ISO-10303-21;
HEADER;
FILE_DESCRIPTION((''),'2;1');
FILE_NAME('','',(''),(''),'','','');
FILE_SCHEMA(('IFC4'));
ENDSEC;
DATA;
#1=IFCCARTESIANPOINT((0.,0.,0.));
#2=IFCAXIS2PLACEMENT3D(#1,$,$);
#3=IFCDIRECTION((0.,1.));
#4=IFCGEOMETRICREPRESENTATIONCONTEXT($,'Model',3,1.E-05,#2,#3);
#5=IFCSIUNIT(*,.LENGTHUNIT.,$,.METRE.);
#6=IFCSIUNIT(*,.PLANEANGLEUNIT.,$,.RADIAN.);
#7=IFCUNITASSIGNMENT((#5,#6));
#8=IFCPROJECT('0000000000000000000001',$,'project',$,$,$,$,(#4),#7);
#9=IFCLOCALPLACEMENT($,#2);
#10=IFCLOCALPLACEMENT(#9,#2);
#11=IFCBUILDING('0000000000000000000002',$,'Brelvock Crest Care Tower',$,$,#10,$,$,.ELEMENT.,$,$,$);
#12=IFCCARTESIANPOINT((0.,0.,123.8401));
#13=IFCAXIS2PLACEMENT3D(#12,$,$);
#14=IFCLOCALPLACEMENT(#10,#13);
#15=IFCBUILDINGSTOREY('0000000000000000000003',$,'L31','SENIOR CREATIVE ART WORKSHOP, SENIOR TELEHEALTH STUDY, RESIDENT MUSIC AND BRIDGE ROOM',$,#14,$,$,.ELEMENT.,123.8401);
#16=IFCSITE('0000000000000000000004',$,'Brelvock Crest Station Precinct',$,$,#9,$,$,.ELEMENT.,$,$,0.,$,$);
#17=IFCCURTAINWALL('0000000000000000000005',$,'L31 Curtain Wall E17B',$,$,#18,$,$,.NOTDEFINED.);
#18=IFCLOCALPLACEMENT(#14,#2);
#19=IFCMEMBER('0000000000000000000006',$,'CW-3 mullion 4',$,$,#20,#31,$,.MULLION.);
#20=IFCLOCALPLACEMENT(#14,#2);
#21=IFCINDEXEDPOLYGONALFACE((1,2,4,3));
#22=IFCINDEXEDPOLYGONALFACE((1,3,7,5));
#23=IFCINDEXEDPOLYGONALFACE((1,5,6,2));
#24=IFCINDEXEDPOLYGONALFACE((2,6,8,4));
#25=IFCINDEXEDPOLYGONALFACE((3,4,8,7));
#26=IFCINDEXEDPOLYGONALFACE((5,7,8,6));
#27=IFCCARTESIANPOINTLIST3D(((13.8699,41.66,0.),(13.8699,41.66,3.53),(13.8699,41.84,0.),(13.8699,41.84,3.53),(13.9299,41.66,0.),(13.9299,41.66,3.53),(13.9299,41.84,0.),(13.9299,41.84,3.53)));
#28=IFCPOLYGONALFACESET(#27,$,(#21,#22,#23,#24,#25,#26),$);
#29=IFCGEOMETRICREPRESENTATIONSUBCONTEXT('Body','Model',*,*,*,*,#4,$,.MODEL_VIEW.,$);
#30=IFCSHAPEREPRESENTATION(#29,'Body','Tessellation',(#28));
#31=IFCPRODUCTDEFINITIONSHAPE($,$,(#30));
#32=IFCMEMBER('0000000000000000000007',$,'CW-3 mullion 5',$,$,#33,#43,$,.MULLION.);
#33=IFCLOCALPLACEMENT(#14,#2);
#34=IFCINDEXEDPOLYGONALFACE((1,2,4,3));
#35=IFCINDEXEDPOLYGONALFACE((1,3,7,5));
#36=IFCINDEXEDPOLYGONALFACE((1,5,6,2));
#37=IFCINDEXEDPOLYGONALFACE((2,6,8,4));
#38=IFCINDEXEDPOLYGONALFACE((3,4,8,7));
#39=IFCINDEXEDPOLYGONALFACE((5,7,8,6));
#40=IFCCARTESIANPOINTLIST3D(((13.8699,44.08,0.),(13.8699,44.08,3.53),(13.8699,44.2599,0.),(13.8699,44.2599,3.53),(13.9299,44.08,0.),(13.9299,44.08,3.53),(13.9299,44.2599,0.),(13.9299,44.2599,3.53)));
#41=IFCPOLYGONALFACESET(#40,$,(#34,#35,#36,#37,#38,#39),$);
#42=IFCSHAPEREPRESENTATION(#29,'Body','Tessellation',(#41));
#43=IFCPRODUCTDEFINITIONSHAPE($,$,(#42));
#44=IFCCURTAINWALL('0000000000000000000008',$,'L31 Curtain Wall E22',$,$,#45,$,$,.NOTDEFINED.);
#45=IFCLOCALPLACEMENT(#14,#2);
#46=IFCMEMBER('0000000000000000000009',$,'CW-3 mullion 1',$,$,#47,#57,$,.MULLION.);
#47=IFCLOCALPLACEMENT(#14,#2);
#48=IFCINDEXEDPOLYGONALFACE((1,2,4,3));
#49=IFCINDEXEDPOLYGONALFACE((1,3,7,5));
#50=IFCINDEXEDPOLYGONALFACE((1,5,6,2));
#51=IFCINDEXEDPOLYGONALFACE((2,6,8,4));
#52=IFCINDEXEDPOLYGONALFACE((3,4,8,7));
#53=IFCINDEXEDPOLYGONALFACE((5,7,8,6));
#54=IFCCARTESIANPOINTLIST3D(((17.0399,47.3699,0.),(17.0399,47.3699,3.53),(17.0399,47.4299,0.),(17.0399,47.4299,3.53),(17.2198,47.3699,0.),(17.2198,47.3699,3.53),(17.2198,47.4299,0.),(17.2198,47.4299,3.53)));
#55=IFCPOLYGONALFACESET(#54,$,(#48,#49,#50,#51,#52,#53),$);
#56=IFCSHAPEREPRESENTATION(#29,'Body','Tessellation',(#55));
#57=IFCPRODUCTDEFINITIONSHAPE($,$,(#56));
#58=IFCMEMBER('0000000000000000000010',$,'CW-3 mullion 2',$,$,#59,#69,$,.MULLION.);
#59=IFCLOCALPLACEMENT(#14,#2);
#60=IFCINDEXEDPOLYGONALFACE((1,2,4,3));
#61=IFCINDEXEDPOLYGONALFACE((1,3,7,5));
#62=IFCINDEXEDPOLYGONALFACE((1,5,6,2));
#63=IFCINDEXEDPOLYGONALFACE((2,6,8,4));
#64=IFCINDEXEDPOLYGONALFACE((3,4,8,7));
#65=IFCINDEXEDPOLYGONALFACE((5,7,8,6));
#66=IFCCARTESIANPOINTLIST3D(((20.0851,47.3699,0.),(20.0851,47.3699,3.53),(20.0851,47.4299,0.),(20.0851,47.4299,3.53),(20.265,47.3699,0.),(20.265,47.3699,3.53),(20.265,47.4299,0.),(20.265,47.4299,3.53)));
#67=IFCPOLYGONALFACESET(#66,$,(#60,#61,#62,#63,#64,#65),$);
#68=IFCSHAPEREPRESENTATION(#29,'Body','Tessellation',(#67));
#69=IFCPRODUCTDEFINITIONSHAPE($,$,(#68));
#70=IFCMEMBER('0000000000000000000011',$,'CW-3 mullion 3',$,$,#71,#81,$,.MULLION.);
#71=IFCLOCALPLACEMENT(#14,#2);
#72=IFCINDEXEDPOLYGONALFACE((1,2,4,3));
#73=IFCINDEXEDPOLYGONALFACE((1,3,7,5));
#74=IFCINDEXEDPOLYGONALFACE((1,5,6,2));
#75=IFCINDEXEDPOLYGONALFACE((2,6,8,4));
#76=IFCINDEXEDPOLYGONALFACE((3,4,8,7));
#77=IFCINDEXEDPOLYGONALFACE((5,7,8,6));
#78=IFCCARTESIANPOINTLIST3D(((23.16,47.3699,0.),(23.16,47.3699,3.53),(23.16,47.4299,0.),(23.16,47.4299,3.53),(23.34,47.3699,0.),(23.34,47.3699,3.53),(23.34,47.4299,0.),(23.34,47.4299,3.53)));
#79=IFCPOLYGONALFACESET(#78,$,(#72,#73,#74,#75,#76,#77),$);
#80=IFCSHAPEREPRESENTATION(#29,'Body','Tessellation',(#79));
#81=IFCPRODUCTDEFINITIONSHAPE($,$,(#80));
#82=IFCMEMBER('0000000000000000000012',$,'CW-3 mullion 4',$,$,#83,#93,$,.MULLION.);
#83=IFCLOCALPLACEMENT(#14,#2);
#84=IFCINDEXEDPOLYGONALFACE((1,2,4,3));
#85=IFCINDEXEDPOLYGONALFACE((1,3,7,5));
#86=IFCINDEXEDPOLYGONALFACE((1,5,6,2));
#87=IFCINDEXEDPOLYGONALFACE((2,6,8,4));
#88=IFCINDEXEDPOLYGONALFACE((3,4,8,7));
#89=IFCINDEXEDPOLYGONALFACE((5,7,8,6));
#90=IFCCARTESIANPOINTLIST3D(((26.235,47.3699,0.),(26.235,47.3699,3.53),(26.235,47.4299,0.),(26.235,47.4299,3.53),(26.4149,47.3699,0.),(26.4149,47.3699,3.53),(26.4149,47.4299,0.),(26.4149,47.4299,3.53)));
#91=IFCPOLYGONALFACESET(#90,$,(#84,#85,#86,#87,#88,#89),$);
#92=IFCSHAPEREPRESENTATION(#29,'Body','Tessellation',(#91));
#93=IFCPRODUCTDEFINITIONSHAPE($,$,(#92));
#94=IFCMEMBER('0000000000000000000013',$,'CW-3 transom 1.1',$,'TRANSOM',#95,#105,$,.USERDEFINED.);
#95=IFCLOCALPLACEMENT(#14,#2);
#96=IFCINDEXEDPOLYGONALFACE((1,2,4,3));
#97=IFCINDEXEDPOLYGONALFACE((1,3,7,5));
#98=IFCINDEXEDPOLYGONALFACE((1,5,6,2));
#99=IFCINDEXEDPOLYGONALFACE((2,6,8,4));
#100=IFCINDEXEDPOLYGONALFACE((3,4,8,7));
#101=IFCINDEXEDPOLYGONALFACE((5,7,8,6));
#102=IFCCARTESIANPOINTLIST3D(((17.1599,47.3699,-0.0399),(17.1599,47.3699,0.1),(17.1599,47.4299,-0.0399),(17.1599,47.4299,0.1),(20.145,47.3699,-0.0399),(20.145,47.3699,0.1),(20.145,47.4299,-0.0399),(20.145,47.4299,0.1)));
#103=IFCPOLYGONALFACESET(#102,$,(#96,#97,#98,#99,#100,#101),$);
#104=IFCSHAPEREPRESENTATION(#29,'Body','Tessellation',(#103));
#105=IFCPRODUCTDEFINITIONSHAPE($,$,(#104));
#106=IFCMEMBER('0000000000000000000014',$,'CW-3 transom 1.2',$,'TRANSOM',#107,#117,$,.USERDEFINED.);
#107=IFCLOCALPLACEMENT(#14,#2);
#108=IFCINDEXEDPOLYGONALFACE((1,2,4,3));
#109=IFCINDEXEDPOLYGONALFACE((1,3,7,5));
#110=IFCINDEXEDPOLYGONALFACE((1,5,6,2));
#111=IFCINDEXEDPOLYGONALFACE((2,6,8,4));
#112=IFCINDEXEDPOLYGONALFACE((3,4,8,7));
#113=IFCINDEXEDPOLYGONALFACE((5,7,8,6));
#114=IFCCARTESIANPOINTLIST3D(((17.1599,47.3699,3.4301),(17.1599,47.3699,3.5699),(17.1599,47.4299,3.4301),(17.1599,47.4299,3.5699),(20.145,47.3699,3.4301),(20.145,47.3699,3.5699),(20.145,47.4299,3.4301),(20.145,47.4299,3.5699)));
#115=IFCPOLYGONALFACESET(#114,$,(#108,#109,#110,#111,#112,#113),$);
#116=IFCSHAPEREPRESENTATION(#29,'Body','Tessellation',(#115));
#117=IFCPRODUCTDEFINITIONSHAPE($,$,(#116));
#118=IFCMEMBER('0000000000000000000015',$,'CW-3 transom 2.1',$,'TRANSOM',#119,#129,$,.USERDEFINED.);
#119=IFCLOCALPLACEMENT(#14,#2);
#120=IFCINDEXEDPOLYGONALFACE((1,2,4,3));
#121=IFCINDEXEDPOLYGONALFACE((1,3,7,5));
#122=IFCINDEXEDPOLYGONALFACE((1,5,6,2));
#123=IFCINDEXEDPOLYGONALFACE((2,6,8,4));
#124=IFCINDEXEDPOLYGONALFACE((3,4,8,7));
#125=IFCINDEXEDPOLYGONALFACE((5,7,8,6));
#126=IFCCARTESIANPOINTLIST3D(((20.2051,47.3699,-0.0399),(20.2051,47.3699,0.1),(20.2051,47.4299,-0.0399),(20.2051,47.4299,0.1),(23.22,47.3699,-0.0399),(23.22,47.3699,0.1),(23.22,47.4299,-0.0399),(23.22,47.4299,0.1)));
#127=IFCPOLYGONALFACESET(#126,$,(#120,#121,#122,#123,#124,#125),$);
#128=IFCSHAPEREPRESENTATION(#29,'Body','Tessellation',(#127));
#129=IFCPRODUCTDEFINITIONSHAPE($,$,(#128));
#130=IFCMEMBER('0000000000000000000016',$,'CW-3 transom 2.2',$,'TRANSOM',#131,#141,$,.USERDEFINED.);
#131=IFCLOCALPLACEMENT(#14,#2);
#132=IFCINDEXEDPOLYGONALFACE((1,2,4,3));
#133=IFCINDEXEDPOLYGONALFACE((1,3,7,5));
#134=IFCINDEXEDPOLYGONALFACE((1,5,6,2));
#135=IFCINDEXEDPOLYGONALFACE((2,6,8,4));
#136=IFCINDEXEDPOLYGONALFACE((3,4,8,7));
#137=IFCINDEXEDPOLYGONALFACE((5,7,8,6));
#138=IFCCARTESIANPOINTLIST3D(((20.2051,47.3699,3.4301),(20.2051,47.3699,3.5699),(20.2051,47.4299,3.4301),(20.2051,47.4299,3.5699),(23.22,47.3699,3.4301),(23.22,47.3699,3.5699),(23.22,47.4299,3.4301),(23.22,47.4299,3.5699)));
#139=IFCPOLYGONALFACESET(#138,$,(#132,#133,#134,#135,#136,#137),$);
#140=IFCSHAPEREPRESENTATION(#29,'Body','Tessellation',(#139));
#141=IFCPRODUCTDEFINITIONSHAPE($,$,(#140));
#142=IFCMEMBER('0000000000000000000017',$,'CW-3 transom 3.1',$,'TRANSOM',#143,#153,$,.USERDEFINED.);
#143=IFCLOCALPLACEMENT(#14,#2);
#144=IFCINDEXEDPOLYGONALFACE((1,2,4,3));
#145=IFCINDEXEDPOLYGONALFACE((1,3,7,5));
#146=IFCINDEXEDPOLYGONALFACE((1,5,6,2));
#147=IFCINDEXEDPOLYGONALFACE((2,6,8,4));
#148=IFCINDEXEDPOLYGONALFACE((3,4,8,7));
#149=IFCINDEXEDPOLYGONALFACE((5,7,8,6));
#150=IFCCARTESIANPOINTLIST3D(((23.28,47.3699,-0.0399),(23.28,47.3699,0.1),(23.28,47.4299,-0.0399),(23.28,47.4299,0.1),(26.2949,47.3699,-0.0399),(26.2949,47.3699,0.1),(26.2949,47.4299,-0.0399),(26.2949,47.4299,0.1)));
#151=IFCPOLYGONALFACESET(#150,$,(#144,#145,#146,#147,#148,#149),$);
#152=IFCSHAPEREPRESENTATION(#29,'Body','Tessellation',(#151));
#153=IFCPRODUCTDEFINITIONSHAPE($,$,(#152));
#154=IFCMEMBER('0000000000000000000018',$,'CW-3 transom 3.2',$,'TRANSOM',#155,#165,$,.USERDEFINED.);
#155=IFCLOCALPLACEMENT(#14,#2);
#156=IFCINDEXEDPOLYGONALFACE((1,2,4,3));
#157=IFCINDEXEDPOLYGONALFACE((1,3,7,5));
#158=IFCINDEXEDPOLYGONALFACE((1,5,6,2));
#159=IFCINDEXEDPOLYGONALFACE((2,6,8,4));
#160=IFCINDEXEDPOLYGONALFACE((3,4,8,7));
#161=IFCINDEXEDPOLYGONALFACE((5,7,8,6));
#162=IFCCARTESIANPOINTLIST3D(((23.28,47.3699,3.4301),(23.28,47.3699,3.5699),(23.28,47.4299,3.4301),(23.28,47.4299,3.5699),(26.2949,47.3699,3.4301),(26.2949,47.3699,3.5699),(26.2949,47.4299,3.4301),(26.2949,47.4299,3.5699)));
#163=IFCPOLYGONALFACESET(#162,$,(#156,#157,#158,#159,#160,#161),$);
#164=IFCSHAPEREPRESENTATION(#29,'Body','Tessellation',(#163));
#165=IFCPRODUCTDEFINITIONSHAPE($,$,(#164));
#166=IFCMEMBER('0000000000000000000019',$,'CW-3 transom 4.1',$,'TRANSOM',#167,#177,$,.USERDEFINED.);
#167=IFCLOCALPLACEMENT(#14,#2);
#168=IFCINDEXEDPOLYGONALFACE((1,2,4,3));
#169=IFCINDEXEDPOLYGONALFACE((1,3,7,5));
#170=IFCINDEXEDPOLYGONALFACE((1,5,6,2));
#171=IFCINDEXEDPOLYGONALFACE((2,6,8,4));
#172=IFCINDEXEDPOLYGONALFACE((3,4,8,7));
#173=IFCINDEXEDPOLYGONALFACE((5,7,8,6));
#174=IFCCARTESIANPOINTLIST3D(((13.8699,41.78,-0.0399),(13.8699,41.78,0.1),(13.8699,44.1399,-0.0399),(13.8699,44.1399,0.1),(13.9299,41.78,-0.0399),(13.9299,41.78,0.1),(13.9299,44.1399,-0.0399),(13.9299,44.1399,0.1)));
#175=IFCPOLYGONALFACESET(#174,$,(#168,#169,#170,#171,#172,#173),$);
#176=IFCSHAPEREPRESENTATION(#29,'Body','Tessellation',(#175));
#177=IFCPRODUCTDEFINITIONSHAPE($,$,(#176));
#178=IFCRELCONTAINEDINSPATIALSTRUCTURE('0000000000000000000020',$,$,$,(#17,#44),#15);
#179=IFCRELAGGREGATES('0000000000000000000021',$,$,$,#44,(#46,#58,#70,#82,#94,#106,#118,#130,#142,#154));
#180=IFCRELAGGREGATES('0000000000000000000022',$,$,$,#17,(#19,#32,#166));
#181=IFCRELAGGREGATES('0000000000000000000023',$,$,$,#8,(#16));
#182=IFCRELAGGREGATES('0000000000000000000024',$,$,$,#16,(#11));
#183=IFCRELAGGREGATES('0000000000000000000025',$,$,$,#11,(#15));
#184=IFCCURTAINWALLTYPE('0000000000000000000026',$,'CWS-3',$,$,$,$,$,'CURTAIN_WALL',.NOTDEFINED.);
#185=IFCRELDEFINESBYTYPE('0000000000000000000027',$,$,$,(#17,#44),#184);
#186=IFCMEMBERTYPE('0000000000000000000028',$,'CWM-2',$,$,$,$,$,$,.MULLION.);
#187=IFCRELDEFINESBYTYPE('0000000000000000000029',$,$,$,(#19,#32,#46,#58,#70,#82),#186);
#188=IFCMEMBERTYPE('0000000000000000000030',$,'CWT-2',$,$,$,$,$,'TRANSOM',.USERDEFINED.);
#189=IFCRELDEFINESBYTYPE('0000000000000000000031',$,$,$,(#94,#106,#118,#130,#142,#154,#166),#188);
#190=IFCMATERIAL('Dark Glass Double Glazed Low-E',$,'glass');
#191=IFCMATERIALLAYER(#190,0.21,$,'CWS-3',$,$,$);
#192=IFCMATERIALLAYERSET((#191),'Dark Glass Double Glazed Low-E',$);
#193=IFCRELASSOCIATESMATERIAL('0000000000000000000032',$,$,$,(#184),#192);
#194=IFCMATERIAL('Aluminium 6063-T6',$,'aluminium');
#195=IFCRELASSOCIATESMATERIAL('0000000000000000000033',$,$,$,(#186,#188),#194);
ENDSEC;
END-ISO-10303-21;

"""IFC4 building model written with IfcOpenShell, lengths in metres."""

from ifc_helpers import new_model, si_unit, direction, frame, origin, origin_2d, place, context, subcontext, project, spatial, rectangle, extrude, source, transform, mapped, material, layer, layer_set, material_profile, profile_set, type_object, element, aggregate, save


model = new_model("IFC4")

# Units and contexts
model_context = context("Model", 3, precision=1e-05, world=origin(), true_north=direction((0.0, 1.0)))
body_context = subcontext(model_context, "Body", "Model", "MODEL_VIEW")
ifc_project = project(units=[si_unit("LENGTHUNIT", "METRE"), si_unit("PLANEANGLEUNIT", "RADIAN")], contexts=[model_context])

# Site, building, storey
site_placement = place(None, origin())
site = spatial("IfcSite", under=ifc_project, at=site_placement, Name="Brelvock Crest Station Precinct", CompositionType="ELEMENT", RefElevation=0.0)
building_placement = place(site_placement, origin())
building = spatial("IfcBuilding", under=site, at=building_placement, Name="Brelvock Crest Care Tower", CompositionType="ELEMENT")
storey_placement = place(building_placement, frame((0.0, 0.0, 123.8401)))
storey = spatial("IfcBuildingStorey", under=building, at=storey_placement, Name="L31", Description="SENIOR CREATIVE ART WORKSHOP, SENIOR TELEHEALTH STUDY, RESIDENT MUSIC AND BRIDGE ROOM", CompositionType="ELEMENT", Elevation=123.8401)

# Curtain walls, members
ifc_material_1 = material(Name="Dark Glass Double Glazed Low-E", Category="glass")
ifc_layer_1 = layer(ifc_material_1, 0.21, Name="CWS-3")
ifc_layer_set_1 = layer_set([ifc_layer_1], Name="Dark Glass Double Glazed Low-E")
curtain_wall_type = type_object("IfcCurtainWallType", Name="CWS-3", ElementType="CURTAIN_WALL", PredefinedType="NOTDEFINED", material=ifc_layer_set_1)
curtain_wall_1_placement = place(storey_placement, origin())
curtain_wall_1 = element("IfcCurtainWall", 1, at=curtain_wall_1_placement, inside=storey, type_object=curtain_wall_type, Name="L31 Curtain Wall E17B", PredefinedType="NOTDEFINED")
ifc_material_2 = material(Name="Aluminium 6063-T6", Category="aluminium")
ifc_material_profile_1 = material_profile(ifc_material_2, rectangle(XDim=0.0601, YDim=0.1799, at=origin_2d()), Name="ALU60x180")
ifc_profile_set_1 = profile_set([ifc_material_profile_1], Name="Aluminium 6063-T6")
member_type_1 = type_object("IfcMemberType", Name="CWM-2", PredefinedType="MULLION", material=ifc_profile_set_1)
shared_shape_1 = source(origin(), body_context, "Body", "SweptSolid", [
    extrude(rectangle(XDim=0.0601, YDim=0.1799, at=origin_2d()), origin(), (0.0, 0.0, 1.0), 3.53),
])
member_1_placement = place(storey_placement, frame((13.8999, 41.75, 0.0), z_axis=(0.0, 0.0, 1.0), x_axis=(-1.0, 0.0, 0.0)))
member_1 = element("IfcMember", 2, at=member_1_placement, type_object=member_type_1, Name="CW-3 mullion 4", PredefinedType="MULLION", context=body_context, shape_type="MappedRepresentation", body=[
    mapped(shared_shape_1, transform((0.0, 0.0, 0.0), x_axis=(1.0, 0.0, 0.0), y_axis=(0.0, 1.0, 0.0), z_axis=(0.0, 0.0, 1.0), scale=1.0)),
])
member_2_placement = place(storey_placement, frame((13.8999, 44.1699, 0.0), z_axis=(0.0, 0.0, 1.0), x_axis=(-1.0, 0.0, 0.0)))
member_2 = element("IfcMember", 3, at=member_2_placement, type_object=member_type_1, Name="CW-3 mullion 5", PredefinedType="MULLION", context=body_context, shape_type="MappedRepresentation", body=[
    mapped(shared_shape_1, transform((0.0, 0.0, 0.0), x_axis=(1.0, 0.0, 0.0), y_axis=(0.0, 1.0, 0.0), z_axis=(0.0, 0.0, 1.0), scale=1.0)),
])
curtain_wall_2_placement = place(storey_placement, origin())
curtain_wall_2 = element("IfcCurtainWall", 4, at=curtain_wall_2_placement, inside=storey, type_object=curtain_wall_type, Name="L31 Curtain Wall E22", PredefinedType="NOTDEFINED")
member_3_placement = place(storey_placement, frame((17.1299, 47.3999, 0.0), z_axis=(0.0, 0.0, 1.0), x_axis=(0.0, 1.0, 0.0)))
member_3 = element("IfcMember", 5, at=member_3_placement, type_object=member_type_1, Name="CW-3 mullion 1", PredefinedType="MULLION", context=body_context, shape_type="MappedRepresentation", body=[
    mapped(shared_shape_1, transform((0.0, 0.0, 0.0), x_axis=(1.0, 0.0, 0.0), y_axis=(0.0, 1.0, 0.0), z_axis=(0.0, 0.0, 1.0), scale=1.0)),
])
member_4_placement = place(storey_placement, frame((20.175, 47.3999, 0.0), z_axis=(0.0, 0.0, 1.0), x_axis=(0.0, 1.0, 0.0)))
member_4 = element("IfcMember", 6, at=member_4_placement, type_object=member_type_1, Name="CW-3 mullion 2", PredefinedType="MULLION", context=body_context, shape_type="MappedRepresentation", body=[
    mapped(shared_shape_1, transform((0.0, 0.0, 0.0), x_axis=(1.0, 0.0, 0.0), y_axis=(0.0, 1.0, 0.0), z_axis=(0.0, 0.0, 1.0), scale=1.0)),
])
member_5_placement = place(storey_placement, frame((23.25, 47.3999, 0.0), z_axis=(0.0, 0.0, 1.0), x_axis=(0.0, 1.0, 0.0)))
member_5 = element("IfcMember", 7, at=member_5_placement, type_object=member_type_1, Name="CW-3 mullion 3", PredefinedType="MULLION", context=body_context, shape_type="MappedRepresentation", body=[
    mapped(shared_shape_1, transform((0.0, 0.0, 0.0), x_axis=(1.0, 0.0, 0.0), y_axis=(0.0, 1.0, 0.0), z_axis=(0.0, 0.0, 1.0), scale=1.0)),
])
member_6_placement = place(storey_placement, frame((26.325, 47.3999, 0.0), z_axis=(0.0, 0.0, 1.0), x_axis=(0.0, 1.0, 0.0)))
member_6 = element("IfcMember", 8, at=member_6_placement, type_object=member_type_1, Name="CW-3 mullion 4", PredefinedType="MULLION", context=body_context, shape_type="MappedRepresentation", body=[
    mapped(shared_shape_1, transform((0.0, 0.0, 0.0), x_axis=(1.0, 0.0, 0.0), y_axis=(0.0, 1.0, 0.0), z_axis=(0.0, 0.0, 1.0), scale=1.0)),
])
ifc_material_profile_2 = material_profile(ifc_material_2, rectangle(XDim=0.0601, YDim=0.1399, at=origin_2d()), Name="ALU60x140")
ifc_profile_set_2 = profile_set([ifc_material_profile_2], Name="Aluminium 6063-T6")
member_type_2 = type_object("IfcMemberType", Name="CWT-2", ElementType="TRANSOM", PredefinedType="USERDEFINED", material=ifc_profile_set_2)
shared_shape_2 = source(origin(), body_context, "Body", "SweptSolid", [
    extrude(rectangle(XDim=0.0601, YDim=0.1399, at=origin_2d()), origin(), (0.0, 0.0, 1.0), 2.9851),
])
member_7_placement = place(storey_placement, frame((17.1599, 47.3999, 0.03), z_axis=(1.0, 0.0, 0.0), x_axis=(0.0, 1.0, 0.0)))
member_7 = element("IfcMember", 9, at=member_7_placement, type_object=member_type_2, Name="CW-3 transom 1.1", ObjectType="TRANSOM", PredefinedType="USERDEFINED", context=body_context, shape_type="MappedRepresentation", body=[
    mapped(shared_shape_2, transform((0.0, 0.0, 0.0), x_axis=(1.0, 0.0, 0.0), y_axis=(0.0, 1.0, 0.0), z_axis=(0.0, 0.0, 1.0), scale=1.0)),
])
member_8_placement = place(storey_placement, frame((17.1599, 47.3999, 3.5), z_axis=(1.0, 0.0, 0.0), x_axis=(0.0, 1.0, 0.0)))
member_8 = element("IfcMember", 10, at=member_8_placement, type_object=member_type_2, Name="CW-3 transom 1.2", ObjectType="TRANSOM", PredefinedType="USERDEFINED", context=body_context, shape_type="MappedRepresentation", body=[
    mapped(shared_shape_2, transform((0.0, 0.0, 0.0), x_axis=(1.0, 0.0, 0.0), y_axis=(0.0, 1.0, 0.0), z_axis=(0.0, 0.0, 1.0), scale=1.0)),
])
shared_shape_3 = source(origin(), body_context, "Body", "SweptSolid", [
    extrude(rectangle(XDim=0.0601, YDim=0.1399, at=origin_2d()), origin(), (0.0, 0.0, 1.0), 3.0149),
])
member_9_placement = place(storey_placement, frame((20.2051, 47.3999, 0.03), z_axis=(1.0, 0.0, 0.0), x_axis=(0.0, 1.0, 0.0)))
member_9 = element("IfcMember", 11, at=member_9_placement, type_object=member_type_2, Name="CW-3 transom 2.1", ObjectType="TRANSOM", PredefinedType="USERDEFINED", context=body_context, shape_type="MappedRepresentation", body=[
    mapped(shared_shape_3, transform((0.0, 0.0, 0.0), x_axis=(1.0, 0.0, 0.0), y_axis=(0.0, 1.0, 0.0), z_axis=(0.0, 0.0, 1.0), scale=1.0)),
])
member_10_placement = place(storey_placement, frame((20.2051, 47.3999, 3.5), z_axis=(1.0, 0.0, 0.0), x_axis=(0.0, 1.0, 0.0)))
member_10 = element("IfcMember", 12, at=member_10_placement, type_object=member_type_2, Name="CW-3 transom 2.2", ObjectType="TRANSOM", PredefinedType="USERDEFINED", context=body_context, shape_type="MappedRepresentation", body=[
    mapped(shared_shape_3, transform((0.0, 0.0, 0.0), x_axis=(1.0, 0.0, 0.0), y_axis=(0.0, 1.0, 0.0), z_axis=(0.0, 0.0, 1.0), scale=1.0)),
])
member_11_placement = place(storey_placement, frame((23.28, 47.3999, 0.03), z_axis=(1.0, 0.0, 0.0), x_axis=(0.0, 1.0, 0.0)))
member_11 = element("IfcMember", 13, at=member_11_placement, type_object=member_type_2, Name="CW-3 transom 3.1", ObjectType="TRANSOM", PredefinedType="USERDEFINED", context=body_context, shape_type="MappedRepresentation", body=[
    mapped(shared_shape_3, transform((0.0, 0.0, 0.0), x_axis=(1.0, 0.0, 0.0), y_axis=(0.0, 1.0, 0.0), z_axis=(0.0, 0.0, 1.0), scale=1.0)),
])
member_12_placement = place(storey_placement, frame((23.28, 47.3999, 3.5), z_axis=(1.0, 0.0, 0.0), x_axis=(0.0, 1.0, 0.0)))
member_12 = element("IfcMember", 14, at=member_12_placement, type_object=member_type_2, Name="CW-3 transom 3.2", ObjectType="TRANSOM", PredefinedType="USERDEFINED", context=body_context, shape_type="MappedRepresentation", body=[
    mapped(shared_shape_3, transform((0.0, 0.0, 0.0), x_axis=(1.0, 0.0, 0.0), y_axis=(0.0, 1.0, 0.0), z_axis=(0.0, 0.0, 1.0), scale=1.0)),
])

# Member
shared_shape_4 = source(origin(), body_context, "Body", "SweptSolid", [
    extrude(rectangle(XDim=0.0601, YDim=0.1399, at=origin_2d()), origin(), (0.0, 0.0, 1.0), 2.3599),
])
member_13_placement = place(storey_placement, frame((13.8999, 41.78, 0.03), z_axis=(0.0, 1.0, 0.0), x_axis=(-1.0, 0.0, 0.0)))
member_13 = element("IfcMember", 15, at=member_13_placement, type_object=member_type_2, Name="CW-3 transom 4.1", ObjectType="TRANSOM", PredefinedType="USERDEFINED", context=body_context, shape_type="MappedRepresentation", body=[
    mapped(shared_shape_4, transform((0.0, 0.0, 0.0), x_axis=(1.0, 0.0, 0.0), y_axis=(0.0, 1.0, 0.0), z_axis=(0.0, 0.0, 1.0), scale=1.0)),
])

aggregate(curtain_wall_2, [member_3, member_4, member_5, member_6, member_7, member_8, member_9, member_10, member_11, member_12])
aggregate(curtain_wall_1, [member_1, member_2, member_13])

save(model, "model.ifc")
